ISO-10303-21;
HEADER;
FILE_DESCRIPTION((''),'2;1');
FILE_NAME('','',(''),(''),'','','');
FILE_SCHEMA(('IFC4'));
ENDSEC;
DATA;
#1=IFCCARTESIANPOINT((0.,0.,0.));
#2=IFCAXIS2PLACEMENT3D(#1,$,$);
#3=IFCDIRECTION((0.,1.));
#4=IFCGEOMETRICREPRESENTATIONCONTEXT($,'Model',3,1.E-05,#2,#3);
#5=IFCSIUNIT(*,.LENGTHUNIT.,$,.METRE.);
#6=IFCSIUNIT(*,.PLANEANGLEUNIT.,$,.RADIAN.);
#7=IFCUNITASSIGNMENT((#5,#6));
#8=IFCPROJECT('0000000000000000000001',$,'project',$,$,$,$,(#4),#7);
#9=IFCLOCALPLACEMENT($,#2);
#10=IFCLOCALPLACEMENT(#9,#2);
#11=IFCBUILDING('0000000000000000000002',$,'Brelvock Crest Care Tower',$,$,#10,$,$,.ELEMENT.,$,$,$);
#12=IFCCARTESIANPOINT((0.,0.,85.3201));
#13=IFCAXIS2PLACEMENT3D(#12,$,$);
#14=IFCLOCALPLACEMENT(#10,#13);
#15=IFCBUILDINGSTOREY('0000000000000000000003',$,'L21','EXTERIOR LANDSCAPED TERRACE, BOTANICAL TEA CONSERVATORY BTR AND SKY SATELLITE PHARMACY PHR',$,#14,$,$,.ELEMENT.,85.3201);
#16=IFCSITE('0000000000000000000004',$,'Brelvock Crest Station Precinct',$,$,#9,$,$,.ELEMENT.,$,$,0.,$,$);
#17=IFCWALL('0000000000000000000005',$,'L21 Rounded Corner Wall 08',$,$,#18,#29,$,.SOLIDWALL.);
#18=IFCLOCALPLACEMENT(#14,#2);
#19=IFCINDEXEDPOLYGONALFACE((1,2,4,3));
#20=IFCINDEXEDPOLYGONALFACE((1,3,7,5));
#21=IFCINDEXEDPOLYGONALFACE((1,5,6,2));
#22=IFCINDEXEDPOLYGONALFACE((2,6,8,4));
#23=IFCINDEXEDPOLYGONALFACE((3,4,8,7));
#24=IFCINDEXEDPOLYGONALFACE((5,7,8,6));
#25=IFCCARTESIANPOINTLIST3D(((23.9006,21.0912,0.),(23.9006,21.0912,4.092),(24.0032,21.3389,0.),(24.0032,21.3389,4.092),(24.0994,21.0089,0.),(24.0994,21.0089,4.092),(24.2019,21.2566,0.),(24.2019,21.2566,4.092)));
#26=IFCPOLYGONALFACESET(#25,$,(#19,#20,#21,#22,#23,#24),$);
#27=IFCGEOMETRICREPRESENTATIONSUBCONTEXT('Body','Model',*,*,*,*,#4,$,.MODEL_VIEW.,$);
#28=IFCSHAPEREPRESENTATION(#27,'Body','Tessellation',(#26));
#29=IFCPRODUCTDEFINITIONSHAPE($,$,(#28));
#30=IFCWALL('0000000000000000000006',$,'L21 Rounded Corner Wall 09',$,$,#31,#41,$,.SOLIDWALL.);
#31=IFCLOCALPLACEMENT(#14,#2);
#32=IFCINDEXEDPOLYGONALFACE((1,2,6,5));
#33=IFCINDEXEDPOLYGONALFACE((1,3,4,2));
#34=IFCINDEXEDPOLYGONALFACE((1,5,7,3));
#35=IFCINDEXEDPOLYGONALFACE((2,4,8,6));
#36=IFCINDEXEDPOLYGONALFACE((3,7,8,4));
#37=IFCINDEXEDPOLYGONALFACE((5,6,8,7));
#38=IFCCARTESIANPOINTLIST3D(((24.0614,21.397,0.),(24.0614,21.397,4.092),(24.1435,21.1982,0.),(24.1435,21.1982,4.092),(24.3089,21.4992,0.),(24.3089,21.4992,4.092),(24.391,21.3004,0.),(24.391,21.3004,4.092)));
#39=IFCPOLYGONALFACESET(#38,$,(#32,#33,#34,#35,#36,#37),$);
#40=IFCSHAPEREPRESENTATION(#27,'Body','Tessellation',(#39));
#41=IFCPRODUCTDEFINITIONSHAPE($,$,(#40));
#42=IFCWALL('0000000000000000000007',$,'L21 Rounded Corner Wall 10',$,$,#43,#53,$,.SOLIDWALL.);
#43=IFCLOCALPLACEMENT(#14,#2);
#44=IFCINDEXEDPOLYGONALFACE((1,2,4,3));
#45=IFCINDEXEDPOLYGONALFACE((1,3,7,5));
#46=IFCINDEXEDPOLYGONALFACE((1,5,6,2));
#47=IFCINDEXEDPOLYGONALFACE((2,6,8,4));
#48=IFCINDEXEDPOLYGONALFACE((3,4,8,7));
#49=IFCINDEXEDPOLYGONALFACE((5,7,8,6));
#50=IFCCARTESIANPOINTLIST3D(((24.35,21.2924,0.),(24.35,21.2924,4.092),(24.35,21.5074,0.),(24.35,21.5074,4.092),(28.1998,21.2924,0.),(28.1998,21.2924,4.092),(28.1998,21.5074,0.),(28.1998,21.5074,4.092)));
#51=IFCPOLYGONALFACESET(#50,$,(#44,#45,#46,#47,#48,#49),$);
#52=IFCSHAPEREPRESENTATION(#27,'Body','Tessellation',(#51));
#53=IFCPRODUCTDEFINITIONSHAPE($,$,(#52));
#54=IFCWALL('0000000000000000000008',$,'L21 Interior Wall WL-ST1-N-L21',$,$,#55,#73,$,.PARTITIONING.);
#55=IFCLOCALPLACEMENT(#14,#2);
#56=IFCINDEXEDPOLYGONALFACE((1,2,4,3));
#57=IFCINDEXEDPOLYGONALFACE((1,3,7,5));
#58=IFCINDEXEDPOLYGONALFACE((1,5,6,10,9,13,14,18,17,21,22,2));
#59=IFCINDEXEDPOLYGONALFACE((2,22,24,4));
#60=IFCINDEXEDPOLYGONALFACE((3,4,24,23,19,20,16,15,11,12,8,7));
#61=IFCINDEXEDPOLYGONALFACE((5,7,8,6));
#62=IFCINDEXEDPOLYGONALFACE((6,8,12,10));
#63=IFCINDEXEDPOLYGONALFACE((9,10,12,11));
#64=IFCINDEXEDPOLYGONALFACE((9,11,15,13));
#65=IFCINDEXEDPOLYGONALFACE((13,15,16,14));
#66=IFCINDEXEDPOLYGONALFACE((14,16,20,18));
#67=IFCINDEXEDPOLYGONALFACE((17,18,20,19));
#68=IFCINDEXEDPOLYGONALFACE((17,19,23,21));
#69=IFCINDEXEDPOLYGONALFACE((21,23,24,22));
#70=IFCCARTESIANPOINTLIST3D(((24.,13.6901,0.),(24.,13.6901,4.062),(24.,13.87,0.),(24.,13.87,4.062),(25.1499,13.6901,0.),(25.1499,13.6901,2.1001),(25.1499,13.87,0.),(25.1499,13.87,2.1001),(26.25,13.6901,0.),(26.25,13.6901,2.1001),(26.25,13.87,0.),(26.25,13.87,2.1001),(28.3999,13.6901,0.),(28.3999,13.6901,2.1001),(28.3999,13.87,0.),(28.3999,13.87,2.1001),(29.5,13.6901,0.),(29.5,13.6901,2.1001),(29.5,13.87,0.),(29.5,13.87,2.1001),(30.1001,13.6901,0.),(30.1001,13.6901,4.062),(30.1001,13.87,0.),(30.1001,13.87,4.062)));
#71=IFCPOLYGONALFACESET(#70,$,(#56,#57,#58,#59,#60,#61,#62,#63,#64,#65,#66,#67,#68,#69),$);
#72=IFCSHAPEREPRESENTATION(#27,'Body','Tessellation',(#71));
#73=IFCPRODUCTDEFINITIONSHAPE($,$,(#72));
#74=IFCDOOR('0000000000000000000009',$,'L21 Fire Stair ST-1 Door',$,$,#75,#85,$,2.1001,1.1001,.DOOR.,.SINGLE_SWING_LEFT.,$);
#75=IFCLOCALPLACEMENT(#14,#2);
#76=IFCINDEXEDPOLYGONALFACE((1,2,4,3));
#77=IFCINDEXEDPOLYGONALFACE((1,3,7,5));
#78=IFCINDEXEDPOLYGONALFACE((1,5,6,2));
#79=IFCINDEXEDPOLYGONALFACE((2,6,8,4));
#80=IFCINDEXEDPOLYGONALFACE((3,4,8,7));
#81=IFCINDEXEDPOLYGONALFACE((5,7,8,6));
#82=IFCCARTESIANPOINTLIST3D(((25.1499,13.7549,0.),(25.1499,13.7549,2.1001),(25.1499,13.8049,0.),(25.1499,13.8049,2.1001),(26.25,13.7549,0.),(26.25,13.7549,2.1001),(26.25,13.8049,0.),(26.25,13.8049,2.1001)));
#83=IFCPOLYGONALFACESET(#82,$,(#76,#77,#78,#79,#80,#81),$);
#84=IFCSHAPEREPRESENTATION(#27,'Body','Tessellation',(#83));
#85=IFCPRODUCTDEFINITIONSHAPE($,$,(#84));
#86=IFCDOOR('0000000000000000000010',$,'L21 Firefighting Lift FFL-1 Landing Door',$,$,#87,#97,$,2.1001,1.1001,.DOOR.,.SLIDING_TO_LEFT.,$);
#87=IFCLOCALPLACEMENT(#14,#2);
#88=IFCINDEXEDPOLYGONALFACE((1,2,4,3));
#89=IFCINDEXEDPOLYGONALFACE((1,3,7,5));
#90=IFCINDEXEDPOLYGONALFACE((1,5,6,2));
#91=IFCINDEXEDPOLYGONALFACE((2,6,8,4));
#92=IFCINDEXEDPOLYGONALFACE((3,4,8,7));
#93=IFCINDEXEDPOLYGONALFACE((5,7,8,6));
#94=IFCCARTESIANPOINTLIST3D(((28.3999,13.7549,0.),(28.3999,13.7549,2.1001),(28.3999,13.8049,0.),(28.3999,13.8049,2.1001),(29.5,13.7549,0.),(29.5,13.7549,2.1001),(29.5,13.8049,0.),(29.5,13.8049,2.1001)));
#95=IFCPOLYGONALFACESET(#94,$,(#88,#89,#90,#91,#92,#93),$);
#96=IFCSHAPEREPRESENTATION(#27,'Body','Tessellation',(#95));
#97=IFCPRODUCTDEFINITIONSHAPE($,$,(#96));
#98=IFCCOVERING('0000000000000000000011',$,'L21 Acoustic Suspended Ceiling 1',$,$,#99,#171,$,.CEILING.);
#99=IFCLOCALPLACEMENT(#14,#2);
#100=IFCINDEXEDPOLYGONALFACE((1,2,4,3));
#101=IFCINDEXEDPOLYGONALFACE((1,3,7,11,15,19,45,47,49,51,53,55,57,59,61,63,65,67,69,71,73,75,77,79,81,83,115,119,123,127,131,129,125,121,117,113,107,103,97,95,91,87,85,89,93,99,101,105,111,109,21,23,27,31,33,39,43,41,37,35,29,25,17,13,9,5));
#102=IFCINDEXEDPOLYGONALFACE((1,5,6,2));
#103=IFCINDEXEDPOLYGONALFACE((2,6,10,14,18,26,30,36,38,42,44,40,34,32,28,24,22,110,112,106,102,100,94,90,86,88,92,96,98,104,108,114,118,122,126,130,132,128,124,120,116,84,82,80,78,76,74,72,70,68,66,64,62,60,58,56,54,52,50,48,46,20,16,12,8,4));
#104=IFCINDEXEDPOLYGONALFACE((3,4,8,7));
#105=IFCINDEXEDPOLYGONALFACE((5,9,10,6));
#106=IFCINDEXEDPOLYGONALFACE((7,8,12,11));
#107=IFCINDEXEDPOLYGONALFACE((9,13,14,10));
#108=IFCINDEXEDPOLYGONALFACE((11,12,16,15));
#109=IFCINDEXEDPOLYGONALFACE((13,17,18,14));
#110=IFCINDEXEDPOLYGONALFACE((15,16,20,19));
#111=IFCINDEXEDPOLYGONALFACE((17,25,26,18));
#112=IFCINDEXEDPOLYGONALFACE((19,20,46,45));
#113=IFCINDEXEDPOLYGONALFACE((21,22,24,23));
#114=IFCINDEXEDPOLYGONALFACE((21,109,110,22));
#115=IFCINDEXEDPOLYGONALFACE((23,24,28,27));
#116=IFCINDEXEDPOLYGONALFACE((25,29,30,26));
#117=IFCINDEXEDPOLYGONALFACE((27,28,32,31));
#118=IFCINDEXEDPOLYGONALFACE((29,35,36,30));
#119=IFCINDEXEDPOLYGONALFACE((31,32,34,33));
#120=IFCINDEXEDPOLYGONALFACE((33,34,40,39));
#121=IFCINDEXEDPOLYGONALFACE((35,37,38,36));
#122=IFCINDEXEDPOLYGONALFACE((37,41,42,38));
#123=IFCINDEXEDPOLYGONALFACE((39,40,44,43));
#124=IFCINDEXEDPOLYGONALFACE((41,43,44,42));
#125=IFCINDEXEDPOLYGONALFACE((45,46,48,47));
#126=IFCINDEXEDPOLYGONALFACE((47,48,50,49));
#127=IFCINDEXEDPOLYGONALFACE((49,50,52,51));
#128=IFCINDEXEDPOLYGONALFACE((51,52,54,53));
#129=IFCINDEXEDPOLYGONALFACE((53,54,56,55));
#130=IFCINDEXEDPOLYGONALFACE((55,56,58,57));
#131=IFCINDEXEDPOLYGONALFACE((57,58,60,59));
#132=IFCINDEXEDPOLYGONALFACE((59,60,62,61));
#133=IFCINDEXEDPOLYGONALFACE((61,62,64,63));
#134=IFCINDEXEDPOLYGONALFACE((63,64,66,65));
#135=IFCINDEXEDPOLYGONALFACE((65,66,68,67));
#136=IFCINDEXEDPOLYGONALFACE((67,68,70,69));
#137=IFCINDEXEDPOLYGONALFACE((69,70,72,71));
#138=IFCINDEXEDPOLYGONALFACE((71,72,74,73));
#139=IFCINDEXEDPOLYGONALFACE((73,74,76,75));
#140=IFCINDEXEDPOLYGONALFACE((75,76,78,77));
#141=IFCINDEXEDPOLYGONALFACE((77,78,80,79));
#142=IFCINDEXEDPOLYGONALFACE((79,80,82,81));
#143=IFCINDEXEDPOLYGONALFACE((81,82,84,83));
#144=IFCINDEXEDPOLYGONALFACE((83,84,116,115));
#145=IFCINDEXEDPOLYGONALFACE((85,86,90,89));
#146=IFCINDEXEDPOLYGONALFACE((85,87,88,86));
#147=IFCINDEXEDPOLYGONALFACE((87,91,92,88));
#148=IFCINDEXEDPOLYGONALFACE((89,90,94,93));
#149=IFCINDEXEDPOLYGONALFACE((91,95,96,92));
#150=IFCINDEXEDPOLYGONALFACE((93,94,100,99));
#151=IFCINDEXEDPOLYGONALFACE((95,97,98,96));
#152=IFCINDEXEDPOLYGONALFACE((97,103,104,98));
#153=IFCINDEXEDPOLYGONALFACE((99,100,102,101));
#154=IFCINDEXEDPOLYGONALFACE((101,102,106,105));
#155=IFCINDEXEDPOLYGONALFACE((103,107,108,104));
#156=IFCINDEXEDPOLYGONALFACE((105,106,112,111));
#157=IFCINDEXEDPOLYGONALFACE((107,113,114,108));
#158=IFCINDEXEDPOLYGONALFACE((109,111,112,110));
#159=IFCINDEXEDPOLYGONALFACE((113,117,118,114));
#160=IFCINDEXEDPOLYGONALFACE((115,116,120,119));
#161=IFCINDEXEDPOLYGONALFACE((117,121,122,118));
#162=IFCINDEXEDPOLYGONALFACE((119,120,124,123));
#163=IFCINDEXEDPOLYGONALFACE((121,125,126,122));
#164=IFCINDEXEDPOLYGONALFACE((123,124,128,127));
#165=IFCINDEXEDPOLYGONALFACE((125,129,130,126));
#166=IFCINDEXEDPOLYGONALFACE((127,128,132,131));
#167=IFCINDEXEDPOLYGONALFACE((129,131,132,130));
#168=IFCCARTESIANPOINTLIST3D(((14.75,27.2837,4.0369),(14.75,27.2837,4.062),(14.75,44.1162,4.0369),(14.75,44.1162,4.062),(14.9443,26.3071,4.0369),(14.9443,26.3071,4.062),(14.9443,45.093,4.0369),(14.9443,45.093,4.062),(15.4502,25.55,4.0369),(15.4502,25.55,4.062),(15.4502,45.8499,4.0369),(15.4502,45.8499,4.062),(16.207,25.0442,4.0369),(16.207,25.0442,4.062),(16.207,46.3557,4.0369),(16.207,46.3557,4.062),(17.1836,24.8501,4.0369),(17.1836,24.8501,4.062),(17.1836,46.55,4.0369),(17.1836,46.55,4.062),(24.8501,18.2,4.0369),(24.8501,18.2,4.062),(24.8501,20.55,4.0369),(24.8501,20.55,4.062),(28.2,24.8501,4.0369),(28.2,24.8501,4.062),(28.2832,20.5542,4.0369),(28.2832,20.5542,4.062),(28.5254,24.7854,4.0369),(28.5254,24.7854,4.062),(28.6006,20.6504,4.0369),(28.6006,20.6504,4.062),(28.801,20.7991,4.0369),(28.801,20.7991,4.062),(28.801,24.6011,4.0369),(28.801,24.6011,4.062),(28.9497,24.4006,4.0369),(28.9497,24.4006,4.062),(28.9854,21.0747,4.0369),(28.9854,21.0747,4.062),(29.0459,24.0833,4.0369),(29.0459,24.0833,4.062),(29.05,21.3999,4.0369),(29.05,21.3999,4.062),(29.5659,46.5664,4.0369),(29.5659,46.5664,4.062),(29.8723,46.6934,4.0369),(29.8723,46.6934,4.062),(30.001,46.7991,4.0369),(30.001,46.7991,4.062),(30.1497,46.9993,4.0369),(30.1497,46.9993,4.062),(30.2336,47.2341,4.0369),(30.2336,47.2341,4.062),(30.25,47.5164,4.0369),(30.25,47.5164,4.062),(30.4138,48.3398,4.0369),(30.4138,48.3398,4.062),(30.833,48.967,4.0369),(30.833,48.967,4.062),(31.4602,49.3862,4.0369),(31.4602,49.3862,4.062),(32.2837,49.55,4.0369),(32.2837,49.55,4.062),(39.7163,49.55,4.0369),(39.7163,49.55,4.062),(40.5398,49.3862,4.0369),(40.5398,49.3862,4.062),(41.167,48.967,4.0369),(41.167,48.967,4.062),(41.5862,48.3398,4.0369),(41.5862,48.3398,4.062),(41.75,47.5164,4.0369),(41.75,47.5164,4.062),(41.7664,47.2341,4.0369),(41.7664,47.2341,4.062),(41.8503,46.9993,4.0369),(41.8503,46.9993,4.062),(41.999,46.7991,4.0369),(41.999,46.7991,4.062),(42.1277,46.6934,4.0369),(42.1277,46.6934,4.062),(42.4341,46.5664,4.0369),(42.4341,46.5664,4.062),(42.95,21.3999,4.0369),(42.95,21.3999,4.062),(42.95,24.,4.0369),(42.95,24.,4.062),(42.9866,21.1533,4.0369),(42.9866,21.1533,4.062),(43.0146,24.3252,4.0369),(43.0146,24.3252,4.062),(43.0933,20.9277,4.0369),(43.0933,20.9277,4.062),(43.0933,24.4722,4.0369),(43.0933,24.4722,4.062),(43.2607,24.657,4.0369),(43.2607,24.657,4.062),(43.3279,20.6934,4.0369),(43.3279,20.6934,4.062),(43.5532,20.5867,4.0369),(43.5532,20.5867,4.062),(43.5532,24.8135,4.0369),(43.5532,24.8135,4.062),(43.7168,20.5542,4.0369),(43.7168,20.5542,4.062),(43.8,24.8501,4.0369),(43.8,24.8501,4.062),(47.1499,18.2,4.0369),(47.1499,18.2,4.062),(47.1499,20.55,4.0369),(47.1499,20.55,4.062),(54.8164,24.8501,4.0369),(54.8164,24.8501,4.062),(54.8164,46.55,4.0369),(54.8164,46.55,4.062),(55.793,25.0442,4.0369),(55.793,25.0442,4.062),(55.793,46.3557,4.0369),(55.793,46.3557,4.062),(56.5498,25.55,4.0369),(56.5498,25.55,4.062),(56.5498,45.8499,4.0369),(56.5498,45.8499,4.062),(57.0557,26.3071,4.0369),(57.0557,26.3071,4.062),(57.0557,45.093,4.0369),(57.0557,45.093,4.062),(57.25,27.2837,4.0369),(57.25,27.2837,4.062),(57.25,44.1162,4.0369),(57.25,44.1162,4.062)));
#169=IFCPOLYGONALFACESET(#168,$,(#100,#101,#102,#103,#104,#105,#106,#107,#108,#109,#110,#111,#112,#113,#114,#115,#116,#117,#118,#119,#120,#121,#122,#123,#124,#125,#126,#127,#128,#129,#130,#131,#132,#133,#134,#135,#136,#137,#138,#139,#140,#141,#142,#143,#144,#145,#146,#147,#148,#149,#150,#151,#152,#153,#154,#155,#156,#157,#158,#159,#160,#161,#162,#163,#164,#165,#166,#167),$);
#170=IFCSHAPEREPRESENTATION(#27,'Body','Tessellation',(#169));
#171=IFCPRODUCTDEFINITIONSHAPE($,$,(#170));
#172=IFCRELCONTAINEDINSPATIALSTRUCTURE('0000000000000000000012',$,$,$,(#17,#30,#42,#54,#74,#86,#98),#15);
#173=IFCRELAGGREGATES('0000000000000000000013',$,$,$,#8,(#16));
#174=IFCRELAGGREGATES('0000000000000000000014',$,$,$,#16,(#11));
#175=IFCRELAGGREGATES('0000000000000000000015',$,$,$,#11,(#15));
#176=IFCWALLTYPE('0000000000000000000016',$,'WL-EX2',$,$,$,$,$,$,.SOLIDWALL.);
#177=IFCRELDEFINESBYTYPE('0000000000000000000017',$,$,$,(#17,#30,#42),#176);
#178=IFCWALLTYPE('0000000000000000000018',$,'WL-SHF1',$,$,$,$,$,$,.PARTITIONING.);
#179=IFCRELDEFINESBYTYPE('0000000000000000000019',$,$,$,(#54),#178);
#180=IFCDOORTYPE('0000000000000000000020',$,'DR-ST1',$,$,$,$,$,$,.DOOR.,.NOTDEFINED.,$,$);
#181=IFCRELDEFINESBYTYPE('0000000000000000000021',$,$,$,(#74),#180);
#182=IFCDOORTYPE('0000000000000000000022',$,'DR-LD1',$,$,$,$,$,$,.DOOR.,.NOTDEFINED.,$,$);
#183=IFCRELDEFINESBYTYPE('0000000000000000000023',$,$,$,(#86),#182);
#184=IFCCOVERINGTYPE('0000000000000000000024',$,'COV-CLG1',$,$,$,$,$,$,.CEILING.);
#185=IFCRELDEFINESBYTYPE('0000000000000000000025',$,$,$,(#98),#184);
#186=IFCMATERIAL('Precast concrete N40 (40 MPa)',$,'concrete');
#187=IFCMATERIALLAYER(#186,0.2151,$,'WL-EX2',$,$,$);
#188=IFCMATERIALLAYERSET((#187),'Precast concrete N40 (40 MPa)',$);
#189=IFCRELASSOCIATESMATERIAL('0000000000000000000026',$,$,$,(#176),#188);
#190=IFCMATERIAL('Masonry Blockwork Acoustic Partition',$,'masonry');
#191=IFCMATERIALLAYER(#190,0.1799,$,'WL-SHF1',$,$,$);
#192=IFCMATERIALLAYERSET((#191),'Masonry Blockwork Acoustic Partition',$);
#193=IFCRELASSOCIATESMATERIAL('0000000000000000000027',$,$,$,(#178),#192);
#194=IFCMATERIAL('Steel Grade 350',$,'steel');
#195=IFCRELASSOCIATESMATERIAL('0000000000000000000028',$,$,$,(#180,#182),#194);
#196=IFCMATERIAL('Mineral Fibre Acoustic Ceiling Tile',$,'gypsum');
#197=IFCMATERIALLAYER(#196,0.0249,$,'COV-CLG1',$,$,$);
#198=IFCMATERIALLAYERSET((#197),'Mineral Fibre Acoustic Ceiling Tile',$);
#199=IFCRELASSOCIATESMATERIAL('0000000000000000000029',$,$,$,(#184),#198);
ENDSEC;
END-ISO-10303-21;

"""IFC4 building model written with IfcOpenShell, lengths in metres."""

from ifc_helpers import new_model, si_unit, direction, frame, frame_2d, origin, origin_2d, place, context, subcontext, project, spatial, polyline, rectangle, outline, extrude, source, transform, mapped, material, layer, layer_set, type_object, element, fill, save


model = new_model("IFC4")

# Units and contexts
model_context = context("Model", 3, precision=1e-05, world=origin(), true_north=direction((0.0, 1.0)))
body_context = subcontext(model_context, "Body", "Model", "MODEL_VIEW")
ifc_project = project(units=[si_unit("LENGTHUNIT", "METRE"), si_unit("PLANEANGLEUNIT", "RADIAN")], contexts=[model_context])

# Site, building, storey
site_placement = place(None, origin())
site = spatial("IfcSite", under=ifc_project, at=site_placement, Name="Brelvock Crest Station Precinct", CompositionType="ELEMENT", RefElevation=0.0)
building_placement = place(site_placement, origin())
building = spatial("IfcBuilding", under=site, at=building_placement, Name="Brelvock Crest Care Tower", CompositionType="ELEMENT")
storey_placement = place(building_placement, frame((0.0, 0.0, 85.3201)))
storey = spatial("IfcBuildingStorey", under=building, at=storey_placement, Name="L21", Description="EXTERIOR LANDSCAPED TERRACE, BOTANICAL TEA CONSERVATORY BTR AND SKY SATELLITE PHARMACY PHR", CompositionType="ELEMENT", Elevation=85.3201)

# Shared definitions
ifc_material_1 = material(Name="Steel Grade 350", Category="steel")

# Walls
ifc_material_2 = material(Name="Precast concrete N40 (40 MPa)", Category="concrete")
ifc_layer_1 = layer(ifc_material_2, 0.2151, Name="WL-EX2")
ifc_layer_set_1 = layer_set([ifc_layer_1], Name="Precast concrete N40 (40 MPa)")
wall_type_1 = type_object("IfcWallType", Name="WL-EX2", PredefinedType="SOLIDWALL", material=ifc_layer_set_1)
wall_1_placement = place(storey_placement, frame((24.0, 21.05, 0.0), z_axis=(0.0, 0.0, 1.0), x_axis=(0.382674, 0.923884, 0.0)))
element("IfcWall", 1, at=wall_1_placement, inside=storey, type_object=wall_type_1, Name="L21 Rounded Corner Wall 08", PredefinedType="SOLIDWALL", context=body_context, shape_type="SweptSolid", body=[
    extrude(rectangle(XDim=0.2681, YDim=0.2151, at=frame_2d((0.134, 0.0))), origin(), (0.0, 0.0, 1.0), 4.092),
])
wall_2_placement = place(storey_placement, frame((24.1025, 21.2976, 0.0), z_axis=(0.0, 0.0, 1.0), x_axis=(0.924205, 0.381896, 0.0)))
element("IfcWall", 2, at=wall_2_placement, inside=storey, type_object=wall_type_1, Name="L21 Rounded Corner Wall 09", PredefinedType="SOLIDWALL", context=body_context, shape_type="SweptSolid", body=[
    extrude(rectangle(XDim=0.2678, YDim=0.2151, at=frame_2d((0.1338, 0.0))), origin(), (0.0, 0.0, 1.0), 4.092),
])
wall_3_placement = place(storey_placement, frame((24.3501, 21.3999, 0.0), z_axis=(0.0, 0.0, 1.0), x_axis=(1.0, 0.0, 0.0)))
element("IfcWall", 3, at=wall_3_placement, inside=storey, type_object=wall_type_1, Name="L21 Rounded Corner Wall 10", PredefinedType="SOLIDWALL", context=body_context, shape_type="SweptSolid", body=[
    extrude(rectangle(XDim=3.8499, YDim=0.2151, at=frame_2d((1.9248, 0.0))), origin(), (0.0, 0.0, 1.0), 4.092),
])

# Wall, openings, doors
ifc_material_3 = material(Name="Masonry Blockwork Acoustic Partition", Category="masonry")
ifc_layer_2 = layer(ifc_material_3, 0.1799, Name="WL-SHF1")
ifc_layer_set_2 = layer_set([ifc_layer_2], Name="Masonry Blockwork Acoustic Partition")
wall_type_2 = type_object("IfcWallType", Name="WL-SHF1", PredefinedType="PARTITIONING", material=ifc_layer_set_2)
wall_4_placement = place(storey_placement, frame((24.0, 13.78, 0.0), z_axis=(0.0, 0.0, 1.0), x_axis=(1.0, 0.0, 0.0)))
wall_4 = element("IfcWall", 4, at=wall_4_placement, inside=storey, type_object=wall_type_2, Name="L21 Interior Wall WL-ST1-N-L21", PredefinedType="PARTITIONING", context=body_context, shape_type="SweptSolid", body=[
    extrude(rectangle(XDim=6.1001, YDim=0.1799, at=frame_2d((3.05, 0.0))), origin(), (0.0, 0.0, 1.0), 4.062),
])
opening_1_placement = place(wall_4_placement, frame((1.1499, 0.0, 0.0)))
opening_1 = element("IfcOpeningElement", 5, at=opening_1_placement, cuts=wall_4, PredefinedType="OPENING", context=body_context, shape_type="SweptSolid", body=[
    extrude(rectangle(XDim=1.1001, YDim=2.1001, at=origin_2d()), frame((0.55, 0.1001, 1.05), z_axis=(0.0, -1.0, 0.0), x_axis=(1.0, 0.0, 0.0)), (0.0, 0.0, 1.0), 0.2),
])
opening_2_placement = place(wall_4_placement, frame((4.3999, 0.0, 0.0)))
opening_2 = element("IfcOpeningElement", 6, at=opening_2_placement, cuts=wall_4, PredefinedType="OPENING", context=body_context, shape_type="SweptSolid", body=[
    extrude(rectangle(XDim=1.1001, YDim=2.1001, at=origin_2d()), frame((0.55, 0.1001, 1.05), z_axis=(0.0, -1.0, 0.0), x_axis=(1.0, 0.0, 0.0)), (0.0, 0.0, 1.0), 0.2),
])
door_type_1 = type_object("IfcDoorType", Name="DR-ST1", OperationType="NOTDEFINED", PredefinedType="DOOR", material=ifc_material_1)
shared_shape_1 = source(origin(), body_context, "Body", "SweptSolid", [
    extrude(rectangle(XDim=1.1001, YDim=2.1001, at=origin_2d()), frame((0.55, 0.0249, 1.05), z_axis=(0.0, -1.0, 0.0), x_axis=(1.0, 0.0, 0.0)), (0.0, 0.0, 1.0), 0.05),
])
door_1_placement = place(opening_1_placement, origin())
door_1 = element("IfcDoor", 7, at=door_1_placement, inside=storey, type_object=door_type_1, Name="L21 Fire Stair ST-1 Door", OperationType="SINGLE_SWING_LEFT", OverallHeight=2.1001, OverallWidth=1.1001, PredefinedType="DOOR", context=body_context, shape_type="MappedRepresentation", body=[
    mapped(shared_shape_1, transform((0.0, 0.0, 0.0), x_axis=(1.0, 0.0, 0.0), y_axis=(0.0, 1.0, 0.0), z_axis=(0.0, 0.0, 1.0), scale=1.0)),
])
fill(opening_1, door_1)
door_type_2 = type_object("IfcDoorType", Name="DR-LD1", OperationType="NOTDEFINED", PredefinedType="DOOR", material=ifc_material_1)
shared_shape_2 = source(origin(), body_context, "Body", "SweptSolid", [
    extrude(rectangle(XDim=1.1001, YDim=2.1001, at=origin_2d()), frame((0.55, 0.0249, 1.05), z_axis=(0.0, -1.0, 0.0), x_axis=(1.0, 0.0, 0.0)), (0.0, 0.0, 1.0), 0.05),
])
door_2_placement = place(opening_2_placement, origin())
door_2 = element("IfcDoor", 8, at=door_2_placement, inside=storey, type_object=door_type_2, Name="L21 Firefighting Lift FFL-1 Landing Door", OperationType="SLIDING_TO_LEFT", OverallHeight=2.1001, OverallWidth=1.1001, PredefinedType="DOOR", context=body_context, shape_type="MappedRepresentation", body=[
    mapped(shared_shape_2, transform((0.0, 0.0, 0.0), x_axis=(1.0, 0.0, 0.0), y_axis=(0.0, 1.0, 0.0), z_axis=(0.0, 0.0, 1.0), scale=1.0)),
])
fill(opening_2, door_2)

# Covering
ifc_material_4 = material(Name="Mineral Fibre Acoustic Ceiling Tile", Category="gypsum")
ifc_layer_3 = layer(ifc_material_4, 0.0249, Name="COV-CLG1")
ifc_layer_set_3 = layer_set([ifc_layer_3], Name="Mineral Fibre Acoustic Ceiling Tile")
covering_type_1 = type_object("IfcCoveringType", Name="COV-CLG1", PredefinedType="CEILING", material=ifc_layer_set_3)
covering_1_placement = place(storey_placement, frame((0.0, 0.0, 4.0369)))
element("IfcCovering", 9, at=covering_1_placement, inside=storey, type_object=covering_type_1, Name="L21 Acoustic Suspended Ceiling 1", PredefinedType="CEILING", context=body_context, shape_type="SweptSolid", body=[
    extrude(outline(polyline([(24.8501, 18.2), (47.1499, 18.2), (47.1499, 20.55), (43.7168, 20.5542), (43.5532, 20.5867), (43.3279, 20.6934), (43.0933, 20.9277), (42.9866, 21.1533), (42.95, 21.3999), (42.95, 24.0), (43.0146, 24.3252), (43.0933, 24.4722), (43.2607, 24.657), (43.5532, 24.8135), (43.8, 24.8501), (54.8164, 24.8501), (55.793, 25.0442), (56.5498, 25.55), (57.0557, 26.3071), (57.25, 27.2837), (57.25, 44.1162), (57.0557, 45.093), (56.5498, 45.8499), (55.793, 46.3557), (54.8164, 46.55), (42.4341, 46.5664), (42.1277, 46.6934), (41.999, 46.7991), (41.8503, 46.9993), (41.7664, 47.2341), (41.75, 47.5164), (41.5862, 48.3398), (41.167, 48.967), (40.5398, 49.3862), (39.7163, 49.55), (32.2837, 49.55), (31.4602, 49.3862), (30.833, 48.967), (30.4138, 48.3398), (30.25, 47.5164), (30.2336, 47.2341), (30.1497, 46.9993), (30.001, 46.7991), (29.8723, 46.6934), (29.5659, 46.5664), (17.1836, 46.55), (16.207, 46.3557), (15.4502, 45.8499), (14.9443, 45.093), (14.75, 44.1162), (14.75, 27.2837), (14.9443, 26.3071), (15.4502, 25.55), (16.207, 25.0442), (17.1836, 24.8501), (28.2, 24.8501), (28.5254, 24.7854), (28.801, 24.6011), (28.9497, 24.4006), (29.0459, 24.0833), (29.05, 21.3999), (28.9854, 21.0747), (28.801, 20.7991), (28.6006, 20.6504), (28.2832, 20.5542), (24.8501, 20.55), (24.8501, 18.2)])), origin(), (0.0, 0.0, 1.0), 0.0251),
])

save(model, "model.ifc")
